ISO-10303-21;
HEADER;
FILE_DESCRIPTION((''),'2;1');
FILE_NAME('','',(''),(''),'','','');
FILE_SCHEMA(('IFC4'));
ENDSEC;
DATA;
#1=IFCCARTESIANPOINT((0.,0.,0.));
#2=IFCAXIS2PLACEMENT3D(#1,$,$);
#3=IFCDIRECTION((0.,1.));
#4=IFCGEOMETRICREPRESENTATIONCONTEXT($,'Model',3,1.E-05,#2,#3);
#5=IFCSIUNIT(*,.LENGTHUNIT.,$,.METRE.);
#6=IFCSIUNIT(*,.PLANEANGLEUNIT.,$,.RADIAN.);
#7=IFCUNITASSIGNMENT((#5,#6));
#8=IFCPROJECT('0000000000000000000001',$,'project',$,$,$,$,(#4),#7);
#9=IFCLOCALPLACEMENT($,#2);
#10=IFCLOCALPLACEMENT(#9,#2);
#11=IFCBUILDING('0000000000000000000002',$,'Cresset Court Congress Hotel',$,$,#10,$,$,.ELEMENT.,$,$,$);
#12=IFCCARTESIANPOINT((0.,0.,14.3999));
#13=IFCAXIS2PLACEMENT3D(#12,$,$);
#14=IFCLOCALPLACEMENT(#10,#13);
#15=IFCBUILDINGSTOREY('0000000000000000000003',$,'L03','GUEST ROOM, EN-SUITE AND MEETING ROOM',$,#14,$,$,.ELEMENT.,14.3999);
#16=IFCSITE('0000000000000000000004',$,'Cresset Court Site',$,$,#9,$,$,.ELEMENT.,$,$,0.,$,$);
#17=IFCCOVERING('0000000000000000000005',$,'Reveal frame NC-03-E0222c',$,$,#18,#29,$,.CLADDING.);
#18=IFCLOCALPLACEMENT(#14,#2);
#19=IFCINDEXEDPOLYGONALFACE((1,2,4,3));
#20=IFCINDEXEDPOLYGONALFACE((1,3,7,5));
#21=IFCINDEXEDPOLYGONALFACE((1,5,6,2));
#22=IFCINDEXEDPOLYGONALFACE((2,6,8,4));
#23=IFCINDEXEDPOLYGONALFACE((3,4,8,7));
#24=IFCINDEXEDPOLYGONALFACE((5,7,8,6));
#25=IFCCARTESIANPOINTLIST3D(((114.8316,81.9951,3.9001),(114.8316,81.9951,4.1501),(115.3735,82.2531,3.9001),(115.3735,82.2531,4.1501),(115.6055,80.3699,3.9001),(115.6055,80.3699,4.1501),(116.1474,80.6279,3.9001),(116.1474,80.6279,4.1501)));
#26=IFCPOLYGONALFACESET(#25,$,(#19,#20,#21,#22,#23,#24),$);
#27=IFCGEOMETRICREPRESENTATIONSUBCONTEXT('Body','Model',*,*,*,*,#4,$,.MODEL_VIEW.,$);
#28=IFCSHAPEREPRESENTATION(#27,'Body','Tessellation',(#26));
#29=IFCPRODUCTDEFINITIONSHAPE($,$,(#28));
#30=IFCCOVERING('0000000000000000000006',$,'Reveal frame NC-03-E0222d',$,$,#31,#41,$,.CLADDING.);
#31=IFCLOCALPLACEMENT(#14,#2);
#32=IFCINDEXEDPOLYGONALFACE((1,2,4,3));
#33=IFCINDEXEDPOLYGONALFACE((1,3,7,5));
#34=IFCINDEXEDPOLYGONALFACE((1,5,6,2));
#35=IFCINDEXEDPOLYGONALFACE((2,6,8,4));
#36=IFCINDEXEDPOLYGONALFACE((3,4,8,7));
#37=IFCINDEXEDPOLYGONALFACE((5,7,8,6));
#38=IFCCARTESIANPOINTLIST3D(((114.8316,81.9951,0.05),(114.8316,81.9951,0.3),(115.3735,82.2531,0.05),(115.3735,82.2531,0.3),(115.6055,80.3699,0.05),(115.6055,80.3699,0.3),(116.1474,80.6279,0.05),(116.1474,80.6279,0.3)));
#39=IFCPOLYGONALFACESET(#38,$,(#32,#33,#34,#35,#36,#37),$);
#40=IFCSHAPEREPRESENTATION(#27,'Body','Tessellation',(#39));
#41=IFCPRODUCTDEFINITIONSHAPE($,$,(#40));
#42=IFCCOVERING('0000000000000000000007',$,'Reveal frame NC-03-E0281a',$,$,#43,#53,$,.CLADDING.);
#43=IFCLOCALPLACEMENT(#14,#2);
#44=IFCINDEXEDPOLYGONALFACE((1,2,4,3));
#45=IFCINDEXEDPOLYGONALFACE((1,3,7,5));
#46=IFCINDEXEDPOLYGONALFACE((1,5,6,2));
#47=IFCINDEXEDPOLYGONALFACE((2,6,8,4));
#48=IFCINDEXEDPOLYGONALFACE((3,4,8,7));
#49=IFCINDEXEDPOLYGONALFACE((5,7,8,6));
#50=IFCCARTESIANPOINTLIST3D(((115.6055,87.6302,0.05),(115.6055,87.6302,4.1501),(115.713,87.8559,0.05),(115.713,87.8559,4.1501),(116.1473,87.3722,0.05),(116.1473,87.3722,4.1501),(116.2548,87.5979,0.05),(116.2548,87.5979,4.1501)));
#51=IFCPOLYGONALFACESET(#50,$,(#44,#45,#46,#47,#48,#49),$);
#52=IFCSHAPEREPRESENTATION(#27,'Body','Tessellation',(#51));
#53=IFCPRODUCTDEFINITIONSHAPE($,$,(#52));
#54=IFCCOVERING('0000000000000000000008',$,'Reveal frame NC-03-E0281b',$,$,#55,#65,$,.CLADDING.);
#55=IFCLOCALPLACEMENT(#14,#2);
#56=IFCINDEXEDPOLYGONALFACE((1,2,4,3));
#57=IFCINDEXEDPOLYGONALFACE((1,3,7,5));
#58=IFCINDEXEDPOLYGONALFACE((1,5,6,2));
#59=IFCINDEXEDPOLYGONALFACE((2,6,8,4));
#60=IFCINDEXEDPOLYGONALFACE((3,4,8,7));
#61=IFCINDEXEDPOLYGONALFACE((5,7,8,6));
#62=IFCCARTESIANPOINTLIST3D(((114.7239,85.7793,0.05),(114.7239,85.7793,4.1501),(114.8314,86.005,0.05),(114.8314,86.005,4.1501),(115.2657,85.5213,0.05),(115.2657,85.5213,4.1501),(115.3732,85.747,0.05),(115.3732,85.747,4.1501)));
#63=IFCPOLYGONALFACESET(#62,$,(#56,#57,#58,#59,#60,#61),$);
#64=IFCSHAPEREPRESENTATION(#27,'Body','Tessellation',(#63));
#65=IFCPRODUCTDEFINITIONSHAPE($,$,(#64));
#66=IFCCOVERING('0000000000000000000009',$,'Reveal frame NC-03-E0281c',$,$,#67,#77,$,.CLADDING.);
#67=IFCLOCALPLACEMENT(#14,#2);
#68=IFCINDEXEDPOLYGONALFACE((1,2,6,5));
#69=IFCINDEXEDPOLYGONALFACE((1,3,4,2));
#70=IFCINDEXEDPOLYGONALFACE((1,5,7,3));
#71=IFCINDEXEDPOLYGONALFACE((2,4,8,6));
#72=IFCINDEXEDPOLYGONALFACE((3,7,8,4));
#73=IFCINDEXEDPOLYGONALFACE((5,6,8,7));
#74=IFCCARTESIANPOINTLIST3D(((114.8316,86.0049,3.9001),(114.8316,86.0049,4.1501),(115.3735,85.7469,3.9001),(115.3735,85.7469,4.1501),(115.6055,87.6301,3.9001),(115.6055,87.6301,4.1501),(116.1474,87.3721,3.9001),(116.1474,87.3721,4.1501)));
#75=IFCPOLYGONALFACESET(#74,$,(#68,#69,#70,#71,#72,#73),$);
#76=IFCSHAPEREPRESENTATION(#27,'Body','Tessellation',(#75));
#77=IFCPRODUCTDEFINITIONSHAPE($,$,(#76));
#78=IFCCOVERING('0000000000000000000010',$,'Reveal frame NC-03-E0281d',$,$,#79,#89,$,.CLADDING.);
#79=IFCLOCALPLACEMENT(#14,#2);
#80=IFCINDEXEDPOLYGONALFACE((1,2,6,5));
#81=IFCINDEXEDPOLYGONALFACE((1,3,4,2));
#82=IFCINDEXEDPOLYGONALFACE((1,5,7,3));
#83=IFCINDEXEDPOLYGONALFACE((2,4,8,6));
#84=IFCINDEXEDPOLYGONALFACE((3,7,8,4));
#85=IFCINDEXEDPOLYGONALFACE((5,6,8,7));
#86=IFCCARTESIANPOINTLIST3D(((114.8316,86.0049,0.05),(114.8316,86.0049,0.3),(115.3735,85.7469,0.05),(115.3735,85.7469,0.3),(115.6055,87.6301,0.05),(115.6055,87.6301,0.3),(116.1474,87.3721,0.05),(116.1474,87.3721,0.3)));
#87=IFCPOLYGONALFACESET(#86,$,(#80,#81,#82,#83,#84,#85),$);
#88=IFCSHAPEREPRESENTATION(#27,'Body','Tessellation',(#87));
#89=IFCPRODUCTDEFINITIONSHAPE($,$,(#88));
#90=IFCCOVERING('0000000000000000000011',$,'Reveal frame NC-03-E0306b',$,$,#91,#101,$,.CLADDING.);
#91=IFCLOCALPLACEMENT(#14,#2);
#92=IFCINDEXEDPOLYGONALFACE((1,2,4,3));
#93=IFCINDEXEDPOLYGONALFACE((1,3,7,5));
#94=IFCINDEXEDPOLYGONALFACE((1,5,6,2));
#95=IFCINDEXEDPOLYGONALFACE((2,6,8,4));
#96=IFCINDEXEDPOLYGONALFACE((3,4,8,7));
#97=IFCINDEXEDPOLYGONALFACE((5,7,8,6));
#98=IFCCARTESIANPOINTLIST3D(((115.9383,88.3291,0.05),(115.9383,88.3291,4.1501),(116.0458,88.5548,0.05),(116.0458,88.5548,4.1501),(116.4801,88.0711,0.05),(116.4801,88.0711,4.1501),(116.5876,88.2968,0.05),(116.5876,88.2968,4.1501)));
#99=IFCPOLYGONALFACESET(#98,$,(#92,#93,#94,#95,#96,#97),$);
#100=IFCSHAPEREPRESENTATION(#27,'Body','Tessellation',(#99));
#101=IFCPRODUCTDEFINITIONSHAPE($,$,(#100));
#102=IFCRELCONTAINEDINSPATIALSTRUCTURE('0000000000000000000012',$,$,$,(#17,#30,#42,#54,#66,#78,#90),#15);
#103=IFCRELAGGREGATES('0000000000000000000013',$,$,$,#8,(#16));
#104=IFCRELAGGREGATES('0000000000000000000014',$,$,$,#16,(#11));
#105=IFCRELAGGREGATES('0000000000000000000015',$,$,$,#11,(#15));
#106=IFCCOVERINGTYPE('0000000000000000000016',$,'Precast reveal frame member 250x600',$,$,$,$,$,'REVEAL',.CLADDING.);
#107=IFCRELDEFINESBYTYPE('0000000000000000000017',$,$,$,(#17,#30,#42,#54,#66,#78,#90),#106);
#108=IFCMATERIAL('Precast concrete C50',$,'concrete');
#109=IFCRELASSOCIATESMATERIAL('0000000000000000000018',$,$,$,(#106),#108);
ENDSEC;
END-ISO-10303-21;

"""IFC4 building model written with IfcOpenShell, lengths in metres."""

from ifc_helpers import new_model, si_unit, direction, frame, origin, origin_2d, place, context, subcontext, project, spatial, rectangle, extrude, material, type_object, element, save


model = new_model("IFC4")

# Units and contexts
model_context = context("Model", 3, precision=1e-05, world=origin(), true_north=direction((0.0, 1.0)))
body_context = subcontext(model_context, "Body", "Model", "MODEL_VIEW")
ifc_project = project(units=[si_unit("LENGTHUNIT", "METRE"), si_unit("PLANEANGLEUNIT", "RADIAN")], contexts=[model_context])

# Site, building, storey
site_placement = place(None, origin())
site = spatial("IfcSite", under=ifc_project, at=site_placement, Name="Cresset Court Site", CompositionType="ELEMENT", RefElevation=0.0)
building_placement = place(site_placement, origin())
building = spatial("IfcBuilding", under=site, at=building_placement, Name="Cresset Court Congress Hotel", CompositionType="ELEMENT")
storey_placement = place(building_placement, frame((0.0, 0.0, 14.3999)))
storey = spatial("IfcBuildingStorey", under=building, at=storey_placement, Name="L03", Description="GUEST ROOM, EN-SUITE AND MEETING ROOM", CompositionType="ELEMENT", Elevation=14.3999)

# Coverings
ifc_material_1 = material(Name="Precast concrete C50", Category="concrete")
covering_type_1 = type_object("IfcCoveringType", Name="Precast reveal frame member 250x600", ElementType="REVEAL", PredefinedType="CLADDING", material=ifc_material_1)
for number, where, z_axis, x_axis, name in (
    (1, (115.4895, 81.3115, 3.9001), (0.0, 0.0, 1.0), (0.429933, -0.902861, 0.0), "Reveal frame NC-03-E0222c"),
    (2, (115.4895, 81.3115, 0.05), (0.0, 0.0, 1.0), (0.429933, -0.902861, 0.0), "Reveal frame NC-03-E0222d"),
):
    element("IfcCovering", number, at=place(storey_placement, frame(where, z_axis=z_axis, x_axis=x_axis)), inside=storey, type_object=covering_type_1, Name=name, PredefinedType="CLADDING", context=body_context, shape_type="SweptSolid", body=[
        extrude(rectangle(XDim=1.8, YDim=0.6001, at=origin_2d()), origin(), (0.0, 0.0, 1.0), 0.25),
    ])
for number, where, z_axis, x_axis, name in (
    (3, (115.9302, 87.614, 0.05), (0.0, 0.0, 1.0), (-0.429933, -0.902861, 0.0), "Reveal frame NC-03-E0281a"),
    (4, (115.0486, 85.7632, 0.05), (0.0, 0.0, 1.0), (-0.429933, -0.902861, 0.0), "Reveal frame NC-03-E0281b"),
):
    element("IfcCovering", number, at=place(storey_placement, frame(where, z_axis=z_axis, x_axis=x_axis)), inside=storey, type_object=covering_type_1, Name=name, PredefinedType="CLADDING", context=body_context, shape_type="SweptSolid", body=[
        extrude(rectangle(XDim=0.25, YDim=0.6001, at=origin_2d()), origin(), (0.0, 0.0, 1.0), 4.1001),
    ])
for number, where, z_axis, x_axis, name in (
    (5, (115.4895, 86.6885, 3.9001), (0.0, 0.0, 1.0), (-0.429933, -0.902861, 0.0), "Reveal frame NC-03-E0281c"),
    (6, (115.4895, 86.6885, 0.05), (0.0, 0.0, 1.0), (-0.429933, -0.902861, 0.0), "Reveal frame NC-03-E0281d"),
):
    element("IfcCovering", number, at=place(storey_placement, frame(where, z_axis=z_axis, x_axis=x_axis)), inside=storey, type_object=covering_type_1, Name=name, PredefinedType="CLADDING", context=body_context, shape_type="SweptSolid", body=[
        extrude(rectangle(XDim=1.8, YDim=0.6001, at=origin_2d()), origin(), (0.0, 0.0, 1.0), 0.25),
    ])
covering_1_placement = place(storey_placement, frame((116.2629, 88.313, 0.05), z_axis=(0.0, 0.0, 1.0), x_axis=(-0.429933, -0.902861, 0.0)))
element("IfcCovering", 7, at=covering_1_placement, inside=storey, type_object=covering_type_1, Name="Reveal frame NC-03-E0306b", PredefinedType="CLADDING", context=body_context, shape_type="SweptSolid", body=[
    extrude(rectangle(XDim=0.25, YDim=0.6001, at=origin_2d()), origin(), (0.0, 0.0, 1.0), 4.1001),
])

save(model, "model.ifc")
